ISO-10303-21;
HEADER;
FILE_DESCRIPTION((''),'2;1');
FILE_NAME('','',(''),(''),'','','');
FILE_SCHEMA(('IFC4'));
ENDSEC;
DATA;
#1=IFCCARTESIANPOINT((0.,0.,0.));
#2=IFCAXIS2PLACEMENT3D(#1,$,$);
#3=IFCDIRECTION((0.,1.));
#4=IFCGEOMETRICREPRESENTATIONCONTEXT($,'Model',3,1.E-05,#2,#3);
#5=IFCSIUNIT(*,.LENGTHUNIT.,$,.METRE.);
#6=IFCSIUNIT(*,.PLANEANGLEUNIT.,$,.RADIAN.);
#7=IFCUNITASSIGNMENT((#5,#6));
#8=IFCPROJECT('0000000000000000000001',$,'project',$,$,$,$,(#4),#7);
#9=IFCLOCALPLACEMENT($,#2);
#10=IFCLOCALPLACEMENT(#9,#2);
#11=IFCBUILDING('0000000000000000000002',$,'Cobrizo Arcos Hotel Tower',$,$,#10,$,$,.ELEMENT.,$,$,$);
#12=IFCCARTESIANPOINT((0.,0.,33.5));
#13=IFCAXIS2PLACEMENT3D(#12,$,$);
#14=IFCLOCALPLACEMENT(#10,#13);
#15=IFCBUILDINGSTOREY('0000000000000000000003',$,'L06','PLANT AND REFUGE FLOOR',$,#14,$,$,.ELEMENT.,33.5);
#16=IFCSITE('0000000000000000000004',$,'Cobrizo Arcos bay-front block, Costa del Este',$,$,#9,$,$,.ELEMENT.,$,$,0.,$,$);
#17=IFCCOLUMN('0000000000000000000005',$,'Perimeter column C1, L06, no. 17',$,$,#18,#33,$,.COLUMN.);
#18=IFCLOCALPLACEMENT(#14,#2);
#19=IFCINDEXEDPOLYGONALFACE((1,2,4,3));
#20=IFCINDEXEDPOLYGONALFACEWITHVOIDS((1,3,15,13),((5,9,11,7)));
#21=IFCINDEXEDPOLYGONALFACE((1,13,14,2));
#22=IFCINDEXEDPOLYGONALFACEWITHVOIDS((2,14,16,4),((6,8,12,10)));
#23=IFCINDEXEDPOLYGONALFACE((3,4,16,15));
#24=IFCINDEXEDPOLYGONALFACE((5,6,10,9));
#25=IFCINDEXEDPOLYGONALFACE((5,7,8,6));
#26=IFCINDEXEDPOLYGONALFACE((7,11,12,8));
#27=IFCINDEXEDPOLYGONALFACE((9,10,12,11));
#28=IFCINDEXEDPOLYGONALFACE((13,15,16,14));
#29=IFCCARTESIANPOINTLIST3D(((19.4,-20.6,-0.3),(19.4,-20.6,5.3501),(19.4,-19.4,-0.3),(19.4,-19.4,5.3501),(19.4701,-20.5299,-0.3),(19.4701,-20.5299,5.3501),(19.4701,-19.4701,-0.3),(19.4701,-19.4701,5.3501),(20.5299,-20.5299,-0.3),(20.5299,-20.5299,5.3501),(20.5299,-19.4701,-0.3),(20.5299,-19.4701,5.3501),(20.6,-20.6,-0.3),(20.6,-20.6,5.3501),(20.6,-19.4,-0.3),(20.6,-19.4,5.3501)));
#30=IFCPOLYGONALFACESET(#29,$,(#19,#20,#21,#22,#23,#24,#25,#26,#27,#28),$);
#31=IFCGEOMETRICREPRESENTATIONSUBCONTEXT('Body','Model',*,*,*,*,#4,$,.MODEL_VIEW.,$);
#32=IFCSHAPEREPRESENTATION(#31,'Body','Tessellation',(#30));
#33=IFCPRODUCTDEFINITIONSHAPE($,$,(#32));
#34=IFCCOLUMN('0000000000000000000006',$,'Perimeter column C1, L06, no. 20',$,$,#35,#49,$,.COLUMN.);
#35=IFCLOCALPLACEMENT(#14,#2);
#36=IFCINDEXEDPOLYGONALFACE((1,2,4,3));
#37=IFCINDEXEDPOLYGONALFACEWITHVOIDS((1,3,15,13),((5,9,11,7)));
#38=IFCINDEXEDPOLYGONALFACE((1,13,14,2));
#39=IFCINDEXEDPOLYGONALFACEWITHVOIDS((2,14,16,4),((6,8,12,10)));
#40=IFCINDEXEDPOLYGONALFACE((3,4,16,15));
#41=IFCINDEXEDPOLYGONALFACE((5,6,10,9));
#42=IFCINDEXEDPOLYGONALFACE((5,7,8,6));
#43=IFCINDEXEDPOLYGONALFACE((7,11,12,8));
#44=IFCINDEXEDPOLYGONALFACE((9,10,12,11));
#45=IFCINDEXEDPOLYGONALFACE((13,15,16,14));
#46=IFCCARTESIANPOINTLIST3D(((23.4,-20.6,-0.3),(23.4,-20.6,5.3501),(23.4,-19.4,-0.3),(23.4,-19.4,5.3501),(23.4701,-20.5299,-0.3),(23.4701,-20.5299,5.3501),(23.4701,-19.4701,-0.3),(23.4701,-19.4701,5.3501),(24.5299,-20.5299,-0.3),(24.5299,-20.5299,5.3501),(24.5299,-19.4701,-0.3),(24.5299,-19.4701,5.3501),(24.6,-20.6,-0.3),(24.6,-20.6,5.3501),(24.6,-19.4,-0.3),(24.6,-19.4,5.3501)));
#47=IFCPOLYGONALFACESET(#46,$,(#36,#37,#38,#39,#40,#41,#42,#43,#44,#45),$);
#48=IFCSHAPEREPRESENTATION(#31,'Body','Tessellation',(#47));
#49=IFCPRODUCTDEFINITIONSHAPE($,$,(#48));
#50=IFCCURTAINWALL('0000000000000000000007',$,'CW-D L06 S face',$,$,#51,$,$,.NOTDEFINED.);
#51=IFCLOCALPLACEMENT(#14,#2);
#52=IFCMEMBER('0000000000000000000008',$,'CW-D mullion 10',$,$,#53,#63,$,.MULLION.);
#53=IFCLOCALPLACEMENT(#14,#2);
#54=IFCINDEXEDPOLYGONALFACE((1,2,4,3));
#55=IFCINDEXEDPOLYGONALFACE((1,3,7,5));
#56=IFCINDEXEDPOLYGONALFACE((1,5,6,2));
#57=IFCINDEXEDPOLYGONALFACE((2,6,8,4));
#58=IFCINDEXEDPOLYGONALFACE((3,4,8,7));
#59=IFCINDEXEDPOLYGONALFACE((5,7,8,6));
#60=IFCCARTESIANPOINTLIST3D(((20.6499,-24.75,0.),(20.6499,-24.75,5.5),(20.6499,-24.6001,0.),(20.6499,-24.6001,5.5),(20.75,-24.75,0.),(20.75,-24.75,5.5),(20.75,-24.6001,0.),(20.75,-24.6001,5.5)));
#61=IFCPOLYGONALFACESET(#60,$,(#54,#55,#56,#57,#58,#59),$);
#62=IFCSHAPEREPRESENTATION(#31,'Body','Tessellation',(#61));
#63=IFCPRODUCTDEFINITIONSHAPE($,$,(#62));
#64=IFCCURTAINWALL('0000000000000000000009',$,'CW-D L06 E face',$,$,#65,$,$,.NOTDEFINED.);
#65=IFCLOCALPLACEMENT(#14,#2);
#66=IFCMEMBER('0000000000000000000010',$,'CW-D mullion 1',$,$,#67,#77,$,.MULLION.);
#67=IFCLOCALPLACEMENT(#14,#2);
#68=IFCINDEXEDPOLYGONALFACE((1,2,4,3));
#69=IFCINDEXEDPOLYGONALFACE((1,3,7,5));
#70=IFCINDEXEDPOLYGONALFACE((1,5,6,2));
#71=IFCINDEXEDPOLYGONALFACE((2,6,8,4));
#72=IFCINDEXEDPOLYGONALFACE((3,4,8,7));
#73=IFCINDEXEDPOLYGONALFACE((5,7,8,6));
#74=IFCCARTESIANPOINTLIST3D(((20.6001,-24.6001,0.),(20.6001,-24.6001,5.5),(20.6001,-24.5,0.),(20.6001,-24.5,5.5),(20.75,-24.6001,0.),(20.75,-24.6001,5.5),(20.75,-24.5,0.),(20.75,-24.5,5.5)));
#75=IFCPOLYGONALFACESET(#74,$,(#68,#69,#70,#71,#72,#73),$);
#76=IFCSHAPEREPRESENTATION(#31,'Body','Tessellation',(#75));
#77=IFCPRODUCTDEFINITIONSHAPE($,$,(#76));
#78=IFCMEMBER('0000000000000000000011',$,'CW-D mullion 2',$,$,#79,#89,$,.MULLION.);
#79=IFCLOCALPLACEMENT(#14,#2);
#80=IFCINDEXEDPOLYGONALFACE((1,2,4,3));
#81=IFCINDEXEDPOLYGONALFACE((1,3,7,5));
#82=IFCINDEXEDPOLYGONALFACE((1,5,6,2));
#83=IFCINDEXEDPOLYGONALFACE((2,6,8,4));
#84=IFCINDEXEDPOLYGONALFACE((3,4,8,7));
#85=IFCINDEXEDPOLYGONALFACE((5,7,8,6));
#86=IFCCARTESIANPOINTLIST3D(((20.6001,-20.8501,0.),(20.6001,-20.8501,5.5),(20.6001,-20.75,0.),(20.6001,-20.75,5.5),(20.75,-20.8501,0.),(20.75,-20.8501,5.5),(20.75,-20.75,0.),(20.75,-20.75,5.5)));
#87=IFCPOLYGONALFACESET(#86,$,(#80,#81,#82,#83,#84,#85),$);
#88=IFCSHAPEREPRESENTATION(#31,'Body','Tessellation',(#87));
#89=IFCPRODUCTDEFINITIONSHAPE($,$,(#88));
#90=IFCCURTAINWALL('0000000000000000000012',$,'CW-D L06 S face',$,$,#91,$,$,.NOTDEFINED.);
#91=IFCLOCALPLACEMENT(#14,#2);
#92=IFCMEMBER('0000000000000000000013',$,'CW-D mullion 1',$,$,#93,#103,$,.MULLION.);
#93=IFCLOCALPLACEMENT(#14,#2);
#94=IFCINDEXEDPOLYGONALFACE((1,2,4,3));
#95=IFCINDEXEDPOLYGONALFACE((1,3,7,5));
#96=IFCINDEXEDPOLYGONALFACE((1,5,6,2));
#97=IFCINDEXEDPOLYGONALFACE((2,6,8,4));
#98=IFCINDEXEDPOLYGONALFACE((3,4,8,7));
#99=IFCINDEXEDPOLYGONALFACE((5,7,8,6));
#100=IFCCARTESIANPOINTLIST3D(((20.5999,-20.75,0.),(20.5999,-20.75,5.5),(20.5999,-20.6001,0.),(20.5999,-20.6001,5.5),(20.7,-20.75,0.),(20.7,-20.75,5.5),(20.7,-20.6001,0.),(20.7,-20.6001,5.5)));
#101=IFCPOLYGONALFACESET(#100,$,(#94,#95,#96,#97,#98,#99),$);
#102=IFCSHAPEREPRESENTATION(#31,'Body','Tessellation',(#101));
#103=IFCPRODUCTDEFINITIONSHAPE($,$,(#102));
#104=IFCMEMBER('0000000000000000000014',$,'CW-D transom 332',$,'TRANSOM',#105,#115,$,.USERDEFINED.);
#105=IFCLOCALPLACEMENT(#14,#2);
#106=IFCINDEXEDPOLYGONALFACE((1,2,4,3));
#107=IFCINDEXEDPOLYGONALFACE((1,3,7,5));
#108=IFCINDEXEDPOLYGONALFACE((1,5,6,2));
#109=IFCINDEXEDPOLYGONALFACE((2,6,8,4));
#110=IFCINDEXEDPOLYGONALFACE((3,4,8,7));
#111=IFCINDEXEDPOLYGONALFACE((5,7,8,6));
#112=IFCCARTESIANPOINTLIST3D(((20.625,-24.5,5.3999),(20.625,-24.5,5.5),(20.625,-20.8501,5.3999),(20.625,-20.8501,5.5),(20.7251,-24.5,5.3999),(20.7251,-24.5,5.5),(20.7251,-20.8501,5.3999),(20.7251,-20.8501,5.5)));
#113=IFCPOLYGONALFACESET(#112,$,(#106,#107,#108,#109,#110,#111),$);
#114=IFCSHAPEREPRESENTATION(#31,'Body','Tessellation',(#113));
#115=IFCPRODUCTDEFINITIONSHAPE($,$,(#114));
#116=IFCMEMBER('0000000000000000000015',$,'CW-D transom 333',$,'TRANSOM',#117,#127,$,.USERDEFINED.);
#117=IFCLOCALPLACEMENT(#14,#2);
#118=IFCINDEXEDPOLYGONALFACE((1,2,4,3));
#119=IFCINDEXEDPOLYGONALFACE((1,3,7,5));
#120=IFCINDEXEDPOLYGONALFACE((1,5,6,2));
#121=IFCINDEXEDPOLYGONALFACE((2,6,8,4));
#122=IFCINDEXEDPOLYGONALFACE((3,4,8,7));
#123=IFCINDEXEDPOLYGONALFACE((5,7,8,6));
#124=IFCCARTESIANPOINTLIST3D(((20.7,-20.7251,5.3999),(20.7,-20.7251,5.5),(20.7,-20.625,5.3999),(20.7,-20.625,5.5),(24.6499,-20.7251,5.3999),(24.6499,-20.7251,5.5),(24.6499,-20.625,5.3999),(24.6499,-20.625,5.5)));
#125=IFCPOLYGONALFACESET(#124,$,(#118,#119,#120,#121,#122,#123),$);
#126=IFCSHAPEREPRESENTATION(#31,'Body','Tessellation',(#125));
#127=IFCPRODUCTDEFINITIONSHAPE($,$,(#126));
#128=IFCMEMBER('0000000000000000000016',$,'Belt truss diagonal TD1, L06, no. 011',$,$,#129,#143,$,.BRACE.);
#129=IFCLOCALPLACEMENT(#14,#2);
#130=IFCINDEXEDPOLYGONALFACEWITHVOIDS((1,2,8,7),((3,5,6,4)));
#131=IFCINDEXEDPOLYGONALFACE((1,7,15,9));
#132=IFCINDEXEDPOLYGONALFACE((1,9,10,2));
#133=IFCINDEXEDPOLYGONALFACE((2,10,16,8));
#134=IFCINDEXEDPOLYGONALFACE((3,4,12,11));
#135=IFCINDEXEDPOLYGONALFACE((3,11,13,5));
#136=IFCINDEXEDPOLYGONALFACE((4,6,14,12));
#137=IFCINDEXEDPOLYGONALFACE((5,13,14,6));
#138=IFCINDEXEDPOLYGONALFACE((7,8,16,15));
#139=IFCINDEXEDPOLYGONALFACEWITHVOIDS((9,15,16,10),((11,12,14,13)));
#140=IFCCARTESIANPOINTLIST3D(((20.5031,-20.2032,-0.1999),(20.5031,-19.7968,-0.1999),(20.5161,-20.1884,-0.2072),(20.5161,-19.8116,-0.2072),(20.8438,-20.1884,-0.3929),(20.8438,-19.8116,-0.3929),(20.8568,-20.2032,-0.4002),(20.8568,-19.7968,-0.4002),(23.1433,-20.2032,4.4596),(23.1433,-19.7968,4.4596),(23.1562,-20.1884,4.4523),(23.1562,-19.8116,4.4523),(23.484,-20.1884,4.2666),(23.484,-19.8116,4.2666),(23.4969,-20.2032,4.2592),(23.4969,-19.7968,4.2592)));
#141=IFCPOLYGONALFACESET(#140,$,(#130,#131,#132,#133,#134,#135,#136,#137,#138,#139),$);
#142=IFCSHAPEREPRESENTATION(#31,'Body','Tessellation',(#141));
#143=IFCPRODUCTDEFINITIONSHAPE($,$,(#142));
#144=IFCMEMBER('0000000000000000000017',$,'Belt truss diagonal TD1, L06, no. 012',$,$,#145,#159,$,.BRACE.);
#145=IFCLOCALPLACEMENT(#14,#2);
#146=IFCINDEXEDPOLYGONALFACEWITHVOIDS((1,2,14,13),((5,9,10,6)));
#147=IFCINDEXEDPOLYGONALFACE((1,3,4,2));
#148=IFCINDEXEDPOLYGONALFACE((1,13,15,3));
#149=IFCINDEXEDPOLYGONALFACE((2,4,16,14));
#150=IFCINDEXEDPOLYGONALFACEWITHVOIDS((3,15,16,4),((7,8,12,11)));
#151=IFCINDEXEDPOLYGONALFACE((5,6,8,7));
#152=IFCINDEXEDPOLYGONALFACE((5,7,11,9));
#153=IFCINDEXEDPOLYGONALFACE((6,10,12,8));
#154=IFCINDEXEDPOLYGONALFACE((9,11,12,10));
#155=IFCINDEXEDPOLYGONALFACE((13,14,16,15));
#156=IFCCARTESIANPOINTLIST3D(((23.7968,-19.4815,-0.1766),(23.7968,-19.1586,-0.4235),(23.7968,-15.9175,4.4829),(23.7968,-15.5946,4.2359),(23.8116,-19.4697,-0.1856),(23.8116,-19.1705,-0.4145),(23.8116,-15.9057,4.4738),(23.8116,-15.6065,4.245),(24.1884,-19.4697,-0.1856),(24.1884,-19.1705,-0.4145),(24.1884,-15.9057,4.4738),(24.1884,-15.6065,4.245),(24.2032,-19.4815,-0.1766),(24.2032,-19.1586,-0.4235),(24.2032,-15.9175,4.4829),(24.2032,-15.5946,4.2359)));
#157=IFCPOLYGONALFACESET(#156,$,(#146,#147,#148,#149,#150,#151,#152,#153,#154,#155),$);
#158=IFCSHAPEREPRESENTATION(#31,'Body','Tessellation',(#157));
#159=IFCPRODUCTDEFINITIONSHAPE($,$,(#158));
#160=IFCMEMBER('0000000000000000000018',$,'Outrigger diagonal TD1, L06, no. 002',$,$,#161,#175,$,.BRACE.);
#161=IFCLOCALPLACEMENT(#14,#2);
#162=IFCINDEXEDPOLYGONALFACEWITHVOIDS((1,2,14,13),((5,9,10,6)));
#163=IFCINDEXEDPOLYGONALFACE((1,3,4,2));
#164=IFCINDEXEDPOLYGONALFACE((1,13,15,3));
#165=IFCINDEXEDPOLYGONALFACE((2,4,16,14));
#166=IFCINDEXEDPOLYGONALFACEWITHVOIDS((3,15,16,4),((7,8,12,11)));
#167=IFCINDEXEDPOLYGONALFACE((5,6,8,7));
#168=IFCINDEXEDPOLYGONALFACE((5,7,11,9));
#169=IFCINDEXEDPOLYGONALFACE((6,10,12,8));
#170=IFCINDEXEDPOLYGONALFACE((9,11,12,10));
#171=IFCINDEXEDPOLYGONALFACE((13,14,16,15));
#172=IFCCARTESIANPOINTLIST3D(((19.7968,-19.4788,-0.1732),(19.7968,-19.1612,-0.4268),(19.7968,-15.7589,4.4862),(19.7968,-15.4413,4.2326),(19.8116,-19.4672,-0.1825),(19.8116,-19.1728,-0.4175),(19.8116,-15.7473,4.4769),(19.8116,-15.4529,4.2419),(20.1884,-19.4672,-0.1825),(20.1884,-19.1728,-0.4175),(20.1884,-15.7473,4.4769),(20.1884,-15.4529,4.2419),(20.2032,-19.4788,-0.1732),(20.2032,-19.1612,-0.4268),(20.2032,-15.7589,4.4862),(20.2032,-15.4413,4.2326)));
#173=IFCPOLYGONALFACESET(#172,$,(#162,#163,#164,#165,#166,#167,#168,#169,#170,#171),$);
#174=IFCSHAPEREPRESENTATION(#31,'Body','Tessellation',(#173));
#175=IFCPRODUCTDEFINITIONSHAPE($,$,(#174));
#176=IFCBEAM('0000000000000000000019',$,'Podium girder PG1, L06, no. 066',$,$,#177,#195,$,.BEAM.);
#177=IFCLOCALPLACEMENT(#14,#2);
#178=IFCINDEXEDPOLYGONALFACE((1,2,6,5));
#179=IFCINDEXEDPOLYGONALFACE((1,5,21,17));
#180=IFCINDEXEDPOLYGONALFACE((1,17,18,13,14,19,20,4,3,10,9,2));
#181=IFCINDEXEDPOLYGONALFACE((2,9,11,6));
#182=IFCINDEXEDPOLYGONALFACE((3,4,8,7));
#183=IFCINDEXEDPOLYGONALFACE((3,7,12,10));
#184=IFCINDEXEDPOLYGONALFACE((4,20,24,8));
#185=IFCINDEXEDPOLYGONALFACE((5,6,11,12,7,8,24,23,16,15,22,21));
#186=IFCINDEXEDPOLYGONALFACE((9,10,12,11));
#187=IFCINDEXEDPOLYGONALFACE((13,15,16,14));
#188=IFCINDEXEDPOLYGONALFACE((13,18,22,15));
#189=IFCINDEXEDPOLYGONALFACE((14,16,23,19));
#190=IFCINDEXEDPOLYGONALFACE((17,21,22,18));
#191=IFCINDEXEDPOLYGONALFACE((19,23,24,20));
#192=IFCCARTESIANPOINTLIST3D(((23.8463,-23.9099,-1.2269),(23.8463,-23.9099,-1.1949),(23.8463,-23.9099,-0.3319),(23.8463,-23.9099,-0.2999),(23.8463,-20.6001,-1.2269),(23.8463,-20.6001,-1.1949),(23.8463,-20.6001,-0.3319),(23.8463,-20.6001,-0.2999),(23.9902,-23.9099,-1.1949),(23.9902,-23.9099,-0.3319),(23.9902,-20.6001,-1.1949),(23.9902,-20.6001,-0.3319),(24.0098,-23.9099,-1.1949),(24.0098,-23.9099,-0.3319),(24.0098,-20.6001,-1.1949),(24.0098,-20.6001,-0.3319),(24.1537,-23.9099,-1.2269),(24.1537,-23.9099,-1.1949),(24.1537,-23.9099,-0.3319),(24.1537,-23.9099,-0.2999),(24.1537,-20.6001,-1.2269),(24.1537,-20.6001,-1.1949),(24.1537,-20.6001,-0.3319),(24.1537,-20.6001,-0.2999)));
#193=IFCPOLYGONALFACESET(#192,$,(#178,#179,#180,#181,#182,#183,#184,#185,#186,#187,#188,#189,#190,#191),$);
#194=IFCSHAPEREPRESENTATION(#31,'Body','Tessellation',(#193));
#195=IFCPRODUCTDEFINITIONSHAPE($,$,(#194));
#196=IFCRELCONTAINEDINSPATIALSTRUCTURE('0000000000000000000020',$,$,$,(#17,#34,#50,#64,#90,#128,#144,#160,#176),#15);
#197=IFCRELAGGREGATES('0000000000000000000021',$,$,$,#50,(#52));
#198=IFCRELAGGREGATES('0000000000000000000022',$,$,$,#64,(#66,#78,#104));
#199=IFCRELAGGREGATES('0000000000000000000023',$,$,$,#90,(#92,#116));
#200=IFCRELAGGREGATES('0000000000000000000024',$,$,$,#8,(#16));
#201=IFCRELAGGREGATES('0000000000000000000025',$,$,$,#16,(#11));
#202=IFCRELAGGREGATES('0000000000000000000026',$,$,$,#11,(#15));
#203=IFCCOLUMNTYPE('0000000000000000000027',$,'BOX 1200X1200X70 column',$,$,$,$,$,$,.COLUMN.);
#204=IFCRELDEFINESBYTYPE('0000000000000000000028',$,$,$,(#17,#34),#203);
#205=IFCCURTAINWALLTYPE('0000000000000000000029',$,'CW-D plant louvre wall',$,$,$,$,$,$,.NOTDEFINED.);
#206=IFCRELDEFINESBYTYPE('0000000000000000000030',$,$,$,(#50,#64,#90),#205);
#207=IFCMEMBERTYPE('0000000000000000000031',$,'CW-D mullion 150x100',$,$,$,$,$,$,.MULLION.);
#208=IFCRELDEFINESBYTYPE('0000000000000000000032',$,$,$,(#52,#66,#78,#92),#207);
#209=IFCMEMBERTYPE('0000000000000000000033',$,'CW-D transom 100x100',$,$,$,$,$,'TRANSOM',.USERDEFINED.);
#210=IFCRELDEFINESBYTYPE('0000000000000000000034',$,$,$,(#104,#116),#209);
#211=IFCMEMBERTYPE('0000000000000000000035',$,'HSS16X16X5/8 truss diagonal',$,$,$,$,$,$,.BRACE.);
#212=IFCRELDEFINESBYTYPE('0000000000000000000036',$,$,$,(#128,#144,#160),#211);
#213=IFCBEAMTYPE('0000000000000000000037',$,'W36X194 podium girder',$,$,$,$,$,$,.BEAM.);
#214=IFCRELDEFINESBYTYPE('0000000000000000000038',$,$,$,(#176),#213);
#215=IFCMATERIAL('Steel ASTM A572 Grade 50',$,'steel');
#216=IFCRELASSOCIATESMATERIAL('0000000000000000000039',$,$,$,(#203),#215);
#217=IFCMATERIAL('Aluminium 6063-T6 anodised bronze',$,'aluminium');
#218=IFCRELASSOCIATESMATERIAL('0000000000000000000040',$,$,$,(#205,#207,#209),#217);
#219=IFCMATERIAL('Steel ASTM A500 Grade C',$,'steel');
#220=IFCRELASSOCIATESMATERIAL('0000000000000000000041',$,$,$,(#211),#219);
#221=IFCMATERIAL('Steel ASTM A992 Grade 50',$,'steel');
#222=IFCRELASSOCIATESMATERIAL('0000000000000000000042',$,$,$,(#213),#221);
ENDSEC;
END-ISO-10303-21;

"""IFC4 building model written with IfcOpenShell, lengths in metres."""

from ifc_helpers import new_model, si_unit, direction, frame, origin, origin_2d, place, context, subcontext, project, spatial, rectangle, hollow_rectangle, i_section, extrude, material, material_profile, profile_set, type_object, element, aggregate, save


model = new_model("IFC4")

# Units and contexts
model_context = context("Model", 3, precision=1e-05, world=origin(), true_north=direction((0.0, 1.0)))
body_context = subcontext(model_context, "Body", "Model", "MODEL_VIEW")
ifc_project = project(units=[si_unit("LENGTHUNIT", "METRE"), si_unit("PLANEANGLEUNIT", "RADIAN")], contexts=[model_context])

# Site, building, storey
site_placement = place(None, origin())
site = spatial("IfcSite", under=ifc_project, at=site_placement, Name="Cobrizo Arcos bay-front block, Costa del Este", CompositionType="ELEMENT", RefElevation=0.0)
building_placement = place(site_placement, origin())
building = spatial("IfcBuilding", under=site, at=building_placement, Name="Cobrizo Arcos Hotel Tower", CompositionType="ELEMENT")
storey_placement = place(building_placement, frame((0.0, 0.0, 33.5)))
storey = spatial("IfcBuildingStorey", under=building, at=storey_placement, Name="L06", Description="PLANT AND REFUGE FLOOR", CompositionType="ELEMENT", Elevation=33.5)

# Columns
ifc_material_1 = material(Name="Steel ASTM A572 Grade 50", Category="steel")
ifc_material_profile_1 = material_profile(ifc_material_1, hollow_rectangle(XDim=1.2, YDim=1.2, WallThickness=0.0701, at=origin_2d()), Name="BOX 1200X1200X70")
ifc_profile_set_1 = profile_set([ifc_material_profile_1], Name="Steel ASTM A572 Grade 50")
column_type = type_object("IfcColumnType", Name="BOX 1200X1200X70 column", PredefinedType="COLUMN", material=ifc_profile_set_1)
for number, where, z_axis, x_axis, name in (
    (1, (20.0, -20.0, -0.3), (0.0, 0.0, 1.0), (1.0, 0.0, 0.0), "Perimeter column C1, L06, no. 17"),
    (2, (24.0, -20.0, -0.3), (0.0, 0.0, 1.0), (1.0, 0.0, 0.0), "Perimeter column C1, L06, no. 20"),
):
    element("IfcColumn", number, at=place(storey_placement, frame(where, z_axis=z_axis, x_axis=x_axis)), inside=storey, type_object=column_type, Name=name, PredefinedType="COLUMN", context=body_context, shape_type="SweptSolid", body=[
        extrude(hollow_rectangle(XDim=1.2, YDim=1.2, WallThickness=0.0701, at=origin_2d()), origin(), (0.0, 0.0, 1.0), 5.6501),
    ])

# Curtain wall, member
ifc_material_2 = material(Name="Aluminium 6063-T6 anodised bronze", Category="aluminium")
curtain_wall_type = type_object("IfcCurtainWallType", Name="CW-D plant louvre wall", PredefinedType="NOTDEFINED", material=ifc_material_2)
curtain_wall_1_placement = place(storey_placement, origin())
curtain_wall_1 = element("IfcCurtainWall", 3, at=curtain_wall_1_placement, inside=storey, type_object=curtain_wall_type, Name="CW-D L06 S face", PredefinedType="NOTDEFINED")
ifc_material_profile_2 = material_profile(ifc_material_2, rectangle(XDim=0.1499, YDim=0.1001, at=origin_2d()), Name="CW-D mullion 150x100")
ifc_profile_set_2 = profile_set([ifc_material_profile_2], Name="Aluminium 6063-T6 anodised bronze")
member_type_1 = type_object("IfcMemberType", Name="CW-D mullion 150x100", PredefinedType="MULLION", material=ifc_profile_set_2)
member_1_placement = place(storey_placement, frame((20.7, -24.675, 0.0), z_axis=(0.0, 0.0, 1.0), x_axis=(0.0, -1.0, 0.0)))
member_1 = element("IfcMember", 4, at=member_1_placement, type_object=member_type_1, Name="CW-D mullion 10", PredefinedType="MULLION", context=body_context, shape_type="SweptSolid", body=[
    extrude(rectangle(XDim=0.1499, YDim=0.1001, at=origin_2d()), origin(), (0.0, 0.0, 1.0), 5.5),
])
aggregate(curtain_wall_1, [member_1])

# Curtain wall, members
curtain_wall_2_placement = place(storey_placement, origin())
curtain_wall_2 = element("IfcCurtainWall", 5, at=curtain_wall_2_placement, inside=storey, type_object=curtain_wall_type, Name="CW-D L06 E face", PredefinedType="NOTDEFINED")
member_2_placement = place(storey_placement, frame((20.675, -24.55, 0.0), z_axis=(0.0, 0.0, 1.0), x_axis=(1.0, 0.0, 0.0)))
member_2 = element("IfcMember", 6, at=member_2_placement, type_object=member_type_1, Name="CW-D mullion 1", PredefinedType="MULLION", context=body_context, shape_type="SweptSolid", body=[
    extrude(rectangle(XDim=0.1499, YDim=0.1001, at=origin_2d()), origin(), (0.0, 0.0, 1.0), 5.5),
])
member_3_placement = place(storey_placement, frame((20.675, -20.8, 0.0), z_axis=(0.0, 0.0, 1.0), x_axis=(1.0, 0.0, 0.0)))
member_3 = element("IfcMember", 7, at=member_3_placement, type_object=member_type_1, Name="CW-D mullion 2", PredefinedType="MULLION", context=body_context, shape_type="SweptSolid", body=[
    extrude(rectangle(XDim=0.1499, YDim=0.1001, at=origin_2d()), origin(), (0.0, 0.0, 1.0), 5.5),
])

# Curtain wall, member
curtain_wall_3_placement = place(storey_placement, origin())
curtain_wall_3 = element("IfcCurtainWall", 8, at=curtain_wall_3_placement, inside=storey, type_object=curtain_wall_type, Name="CW-D L06 S face", PredefinedType="NOTDEFINED")
member_4_placement = place(storey_placement, frame((20.6499, -20.675, 0.0), z_axis=(0.0, 0.0, 1.0), x_axis=(0.0, -1.0, 0.0)))
member_4 = element("IfcMember", 9, at=member_4_placement, type_object=member_type_1, Name="CW-D mullion 1", PredefinedType="MULLION", context=body_context, shape_type="SweptSolid", body=[
    extrude(rectangle(XDim=0.1499, YDim=0.1001, at=origin_2d()), origin(), (0.0, 0.0, 1.0), 5.5),
])

# Members
ifc_material_profile_3 = material_profile(ifc_material_2, rectangle(XDim=0.1001, YDim=0.1001, at=origin_2d()), Name="CW-D transom 100x100")
ifc_profile_set_3 = profile_set([ifc_material_profile_3], Name="Aluminium 6063-T6 anodised bronze")
member_type_2 = type_object("IfcMemberType", Name="CW-D transom 100x100", ElementType="TRANSOM", PredefinedType="USERDEFINED", material=ifc_profile_set_3)
member_5_placement = place(storey_placement, frame((20.675, -24.5, 5.45), z_axis=(0.0, 1.0, 0.0), x_axis=(-1.0, 0.0, 0.0)))
member_5 = element("IfcMember", 10, at=member_5_placement, type_object=member_type_2, Name="CW-D transom 332", ObjectType="TRANSOM", PredefinedType="USERDEFINED", context=body_context, shape_type="SweptSolid", body=[
    extrude(rectangle(XDim=0.1001, YDim=0.1001, at=origin_2d()), origin(), (0.0, 0.0, 1.0), 3.6499),
])
member_6_placement = place(storey_placement, frame((20.7, -20.675, 5.45), z_axis=(1.0, 0.0, 0.0), x_axis=(0.0, 1.0, 0.0)))
member_6 = element("IfcMember", 11, at=member_6_placement, type_object=member_type_2, Name="CW-D transom 333", ObjectType="TRANSOM", PredefinedType="USERDEFINED", context=body_context, shape_type="SweptSolid", body=[
    extrude(rectangle(XDim=0.1001, YDim=0.1001, at=origin_2d()), origin(), (0.0, 0.0, 1.0), 3.95),
])

# Members
ifc_material_3 = material(Name="Steel ASTM A500 Grade C", Category="steel")
ifc_material_profile_4 = material_profile(ifc_material_3, hollow_rectangle(XDim=0.4065, YDim=0.4065, WallThickness=0.0149, at=origin_2d()), Name="HSS16X16X5/8")
ifc_profile_set_4 = profile_set([ifc_material_profile_4], Name="Steel ASTM A500 Grade C")
member_type_3 = type_object("IfcMemberType", Name="HSS16X16X5/8 truss diagonal", PredefinedType="BRACE", material=ifc_profile_set_4)
member_7_placement = place(storey_placement, frame((20.6799, -20.0, -0.3), z_axis=(0.492984, 0.0, 0.870038), x_axis=(0.0, 1.0, 0.0)))
element("IfcMember", 12, at=member_7_placement, inside=storey, type_object=member_type_3, Name="Belt truss diagonal TD1, L06, no. 011", PredefinedType="BRACE", context=body_context, shape_type="SweptSolid", body=[
    extrude(hollow_rectangle(XDim=0.4065, YDim=0.4065, WallThickness=0.0149, at=origin_2d()), origin(), (0.0, 0.0, 1.0), 5.3555),
])
member_8_placement = place(storey_placement, frame((24.0, -19.3201, -0.3), z_axis=(0.0, 0.607544, 0.794286), x_axis=(-1.0, 0.0, 0.0)))
element("IfcMember", 13, at=member_8_placement, inside=storey, type_object=member_type_3, Name="Belt truss diagonal TD1, L06, no. 012", PredefinedType="BRACE", context=body_context, shape_type="SweptSolid", body=[
    extrude(hollow_rectangle(XDim=0.4065, YDim=0.4065, WallThickness=0.0149, at=origin_2d()), origin(), (0.0, 0.0, 1.0), 5.8662),
])
member_9_placement = place(storey_placement, frame((20.0, -15.6001, 4.3594), z_axis=(0.0, -0.623921, -0.781488), x_axis=(1.0, 0.0, 0.0)))
element("IfcMember", 14, at=member_9_placement, inside=storey, type_object=member_type_3, Name="Outrigger diagonal TD1, L06, no. 002", PredefinedType="BRACE", context=body_context, shape_type="SweptSolid", body=[
    extrude(hollow_rectangle(XDim=0.4065, YDim=0.4065, WallThickness=0.0149, at=origin_2d()), origin(), (0.0, 0.0, 1.0), 5.9622),
])

# Beam
ifc_material_4 = material(Name="Steel ASTM A992 Grade 50", Category="steel")
ifc_material_profile_5 = material_profile(ifc_material_4, i_section(OverallWidth=0.3074, OverallDepth=0.927, WebThickness=0.0195, FlangeThickness=0.032, at=origin_2d()), Name="W36X194")
ifc_profile_set_5 = profile_set([ifc_material_profile_5], Name="Steel ASTM A992 Grade 50")
beam_type = type_object("IfcBeamType", Name="W36X194 podium girder", PredefinedType="BEAM", material=ifc_profile_set_5)
beam_placement = place(storey_placement, frame((24.0, -23.9099, -0.7634), z_axis=(0.0, 1.0, 0.0), x_axis=(-1.0, 0.0, 0.0)))
element("IfcBeam", 15, at=beam_placement, inside=storey, type_object=beam_type, Name="Podium girder PG1, L06, no. 066", PredefinedType="BEAM", context=body_context, shape_type="SweptSolid", body=[
    extrude(i_section(OverallWidth=0.3074, OverallDepth=0.927, WebThickness=0.0195, FlangeThickness=0.032, at=origin_2d()), origin(), (0.0, 0.0, 1.0), 3.3098),
])

aggregate(curtain_wall_2, [member_2, member_3, member_5])
aggregate(curtain_wall_3, [member_4, member_6])

save(model, "model.ifc")
